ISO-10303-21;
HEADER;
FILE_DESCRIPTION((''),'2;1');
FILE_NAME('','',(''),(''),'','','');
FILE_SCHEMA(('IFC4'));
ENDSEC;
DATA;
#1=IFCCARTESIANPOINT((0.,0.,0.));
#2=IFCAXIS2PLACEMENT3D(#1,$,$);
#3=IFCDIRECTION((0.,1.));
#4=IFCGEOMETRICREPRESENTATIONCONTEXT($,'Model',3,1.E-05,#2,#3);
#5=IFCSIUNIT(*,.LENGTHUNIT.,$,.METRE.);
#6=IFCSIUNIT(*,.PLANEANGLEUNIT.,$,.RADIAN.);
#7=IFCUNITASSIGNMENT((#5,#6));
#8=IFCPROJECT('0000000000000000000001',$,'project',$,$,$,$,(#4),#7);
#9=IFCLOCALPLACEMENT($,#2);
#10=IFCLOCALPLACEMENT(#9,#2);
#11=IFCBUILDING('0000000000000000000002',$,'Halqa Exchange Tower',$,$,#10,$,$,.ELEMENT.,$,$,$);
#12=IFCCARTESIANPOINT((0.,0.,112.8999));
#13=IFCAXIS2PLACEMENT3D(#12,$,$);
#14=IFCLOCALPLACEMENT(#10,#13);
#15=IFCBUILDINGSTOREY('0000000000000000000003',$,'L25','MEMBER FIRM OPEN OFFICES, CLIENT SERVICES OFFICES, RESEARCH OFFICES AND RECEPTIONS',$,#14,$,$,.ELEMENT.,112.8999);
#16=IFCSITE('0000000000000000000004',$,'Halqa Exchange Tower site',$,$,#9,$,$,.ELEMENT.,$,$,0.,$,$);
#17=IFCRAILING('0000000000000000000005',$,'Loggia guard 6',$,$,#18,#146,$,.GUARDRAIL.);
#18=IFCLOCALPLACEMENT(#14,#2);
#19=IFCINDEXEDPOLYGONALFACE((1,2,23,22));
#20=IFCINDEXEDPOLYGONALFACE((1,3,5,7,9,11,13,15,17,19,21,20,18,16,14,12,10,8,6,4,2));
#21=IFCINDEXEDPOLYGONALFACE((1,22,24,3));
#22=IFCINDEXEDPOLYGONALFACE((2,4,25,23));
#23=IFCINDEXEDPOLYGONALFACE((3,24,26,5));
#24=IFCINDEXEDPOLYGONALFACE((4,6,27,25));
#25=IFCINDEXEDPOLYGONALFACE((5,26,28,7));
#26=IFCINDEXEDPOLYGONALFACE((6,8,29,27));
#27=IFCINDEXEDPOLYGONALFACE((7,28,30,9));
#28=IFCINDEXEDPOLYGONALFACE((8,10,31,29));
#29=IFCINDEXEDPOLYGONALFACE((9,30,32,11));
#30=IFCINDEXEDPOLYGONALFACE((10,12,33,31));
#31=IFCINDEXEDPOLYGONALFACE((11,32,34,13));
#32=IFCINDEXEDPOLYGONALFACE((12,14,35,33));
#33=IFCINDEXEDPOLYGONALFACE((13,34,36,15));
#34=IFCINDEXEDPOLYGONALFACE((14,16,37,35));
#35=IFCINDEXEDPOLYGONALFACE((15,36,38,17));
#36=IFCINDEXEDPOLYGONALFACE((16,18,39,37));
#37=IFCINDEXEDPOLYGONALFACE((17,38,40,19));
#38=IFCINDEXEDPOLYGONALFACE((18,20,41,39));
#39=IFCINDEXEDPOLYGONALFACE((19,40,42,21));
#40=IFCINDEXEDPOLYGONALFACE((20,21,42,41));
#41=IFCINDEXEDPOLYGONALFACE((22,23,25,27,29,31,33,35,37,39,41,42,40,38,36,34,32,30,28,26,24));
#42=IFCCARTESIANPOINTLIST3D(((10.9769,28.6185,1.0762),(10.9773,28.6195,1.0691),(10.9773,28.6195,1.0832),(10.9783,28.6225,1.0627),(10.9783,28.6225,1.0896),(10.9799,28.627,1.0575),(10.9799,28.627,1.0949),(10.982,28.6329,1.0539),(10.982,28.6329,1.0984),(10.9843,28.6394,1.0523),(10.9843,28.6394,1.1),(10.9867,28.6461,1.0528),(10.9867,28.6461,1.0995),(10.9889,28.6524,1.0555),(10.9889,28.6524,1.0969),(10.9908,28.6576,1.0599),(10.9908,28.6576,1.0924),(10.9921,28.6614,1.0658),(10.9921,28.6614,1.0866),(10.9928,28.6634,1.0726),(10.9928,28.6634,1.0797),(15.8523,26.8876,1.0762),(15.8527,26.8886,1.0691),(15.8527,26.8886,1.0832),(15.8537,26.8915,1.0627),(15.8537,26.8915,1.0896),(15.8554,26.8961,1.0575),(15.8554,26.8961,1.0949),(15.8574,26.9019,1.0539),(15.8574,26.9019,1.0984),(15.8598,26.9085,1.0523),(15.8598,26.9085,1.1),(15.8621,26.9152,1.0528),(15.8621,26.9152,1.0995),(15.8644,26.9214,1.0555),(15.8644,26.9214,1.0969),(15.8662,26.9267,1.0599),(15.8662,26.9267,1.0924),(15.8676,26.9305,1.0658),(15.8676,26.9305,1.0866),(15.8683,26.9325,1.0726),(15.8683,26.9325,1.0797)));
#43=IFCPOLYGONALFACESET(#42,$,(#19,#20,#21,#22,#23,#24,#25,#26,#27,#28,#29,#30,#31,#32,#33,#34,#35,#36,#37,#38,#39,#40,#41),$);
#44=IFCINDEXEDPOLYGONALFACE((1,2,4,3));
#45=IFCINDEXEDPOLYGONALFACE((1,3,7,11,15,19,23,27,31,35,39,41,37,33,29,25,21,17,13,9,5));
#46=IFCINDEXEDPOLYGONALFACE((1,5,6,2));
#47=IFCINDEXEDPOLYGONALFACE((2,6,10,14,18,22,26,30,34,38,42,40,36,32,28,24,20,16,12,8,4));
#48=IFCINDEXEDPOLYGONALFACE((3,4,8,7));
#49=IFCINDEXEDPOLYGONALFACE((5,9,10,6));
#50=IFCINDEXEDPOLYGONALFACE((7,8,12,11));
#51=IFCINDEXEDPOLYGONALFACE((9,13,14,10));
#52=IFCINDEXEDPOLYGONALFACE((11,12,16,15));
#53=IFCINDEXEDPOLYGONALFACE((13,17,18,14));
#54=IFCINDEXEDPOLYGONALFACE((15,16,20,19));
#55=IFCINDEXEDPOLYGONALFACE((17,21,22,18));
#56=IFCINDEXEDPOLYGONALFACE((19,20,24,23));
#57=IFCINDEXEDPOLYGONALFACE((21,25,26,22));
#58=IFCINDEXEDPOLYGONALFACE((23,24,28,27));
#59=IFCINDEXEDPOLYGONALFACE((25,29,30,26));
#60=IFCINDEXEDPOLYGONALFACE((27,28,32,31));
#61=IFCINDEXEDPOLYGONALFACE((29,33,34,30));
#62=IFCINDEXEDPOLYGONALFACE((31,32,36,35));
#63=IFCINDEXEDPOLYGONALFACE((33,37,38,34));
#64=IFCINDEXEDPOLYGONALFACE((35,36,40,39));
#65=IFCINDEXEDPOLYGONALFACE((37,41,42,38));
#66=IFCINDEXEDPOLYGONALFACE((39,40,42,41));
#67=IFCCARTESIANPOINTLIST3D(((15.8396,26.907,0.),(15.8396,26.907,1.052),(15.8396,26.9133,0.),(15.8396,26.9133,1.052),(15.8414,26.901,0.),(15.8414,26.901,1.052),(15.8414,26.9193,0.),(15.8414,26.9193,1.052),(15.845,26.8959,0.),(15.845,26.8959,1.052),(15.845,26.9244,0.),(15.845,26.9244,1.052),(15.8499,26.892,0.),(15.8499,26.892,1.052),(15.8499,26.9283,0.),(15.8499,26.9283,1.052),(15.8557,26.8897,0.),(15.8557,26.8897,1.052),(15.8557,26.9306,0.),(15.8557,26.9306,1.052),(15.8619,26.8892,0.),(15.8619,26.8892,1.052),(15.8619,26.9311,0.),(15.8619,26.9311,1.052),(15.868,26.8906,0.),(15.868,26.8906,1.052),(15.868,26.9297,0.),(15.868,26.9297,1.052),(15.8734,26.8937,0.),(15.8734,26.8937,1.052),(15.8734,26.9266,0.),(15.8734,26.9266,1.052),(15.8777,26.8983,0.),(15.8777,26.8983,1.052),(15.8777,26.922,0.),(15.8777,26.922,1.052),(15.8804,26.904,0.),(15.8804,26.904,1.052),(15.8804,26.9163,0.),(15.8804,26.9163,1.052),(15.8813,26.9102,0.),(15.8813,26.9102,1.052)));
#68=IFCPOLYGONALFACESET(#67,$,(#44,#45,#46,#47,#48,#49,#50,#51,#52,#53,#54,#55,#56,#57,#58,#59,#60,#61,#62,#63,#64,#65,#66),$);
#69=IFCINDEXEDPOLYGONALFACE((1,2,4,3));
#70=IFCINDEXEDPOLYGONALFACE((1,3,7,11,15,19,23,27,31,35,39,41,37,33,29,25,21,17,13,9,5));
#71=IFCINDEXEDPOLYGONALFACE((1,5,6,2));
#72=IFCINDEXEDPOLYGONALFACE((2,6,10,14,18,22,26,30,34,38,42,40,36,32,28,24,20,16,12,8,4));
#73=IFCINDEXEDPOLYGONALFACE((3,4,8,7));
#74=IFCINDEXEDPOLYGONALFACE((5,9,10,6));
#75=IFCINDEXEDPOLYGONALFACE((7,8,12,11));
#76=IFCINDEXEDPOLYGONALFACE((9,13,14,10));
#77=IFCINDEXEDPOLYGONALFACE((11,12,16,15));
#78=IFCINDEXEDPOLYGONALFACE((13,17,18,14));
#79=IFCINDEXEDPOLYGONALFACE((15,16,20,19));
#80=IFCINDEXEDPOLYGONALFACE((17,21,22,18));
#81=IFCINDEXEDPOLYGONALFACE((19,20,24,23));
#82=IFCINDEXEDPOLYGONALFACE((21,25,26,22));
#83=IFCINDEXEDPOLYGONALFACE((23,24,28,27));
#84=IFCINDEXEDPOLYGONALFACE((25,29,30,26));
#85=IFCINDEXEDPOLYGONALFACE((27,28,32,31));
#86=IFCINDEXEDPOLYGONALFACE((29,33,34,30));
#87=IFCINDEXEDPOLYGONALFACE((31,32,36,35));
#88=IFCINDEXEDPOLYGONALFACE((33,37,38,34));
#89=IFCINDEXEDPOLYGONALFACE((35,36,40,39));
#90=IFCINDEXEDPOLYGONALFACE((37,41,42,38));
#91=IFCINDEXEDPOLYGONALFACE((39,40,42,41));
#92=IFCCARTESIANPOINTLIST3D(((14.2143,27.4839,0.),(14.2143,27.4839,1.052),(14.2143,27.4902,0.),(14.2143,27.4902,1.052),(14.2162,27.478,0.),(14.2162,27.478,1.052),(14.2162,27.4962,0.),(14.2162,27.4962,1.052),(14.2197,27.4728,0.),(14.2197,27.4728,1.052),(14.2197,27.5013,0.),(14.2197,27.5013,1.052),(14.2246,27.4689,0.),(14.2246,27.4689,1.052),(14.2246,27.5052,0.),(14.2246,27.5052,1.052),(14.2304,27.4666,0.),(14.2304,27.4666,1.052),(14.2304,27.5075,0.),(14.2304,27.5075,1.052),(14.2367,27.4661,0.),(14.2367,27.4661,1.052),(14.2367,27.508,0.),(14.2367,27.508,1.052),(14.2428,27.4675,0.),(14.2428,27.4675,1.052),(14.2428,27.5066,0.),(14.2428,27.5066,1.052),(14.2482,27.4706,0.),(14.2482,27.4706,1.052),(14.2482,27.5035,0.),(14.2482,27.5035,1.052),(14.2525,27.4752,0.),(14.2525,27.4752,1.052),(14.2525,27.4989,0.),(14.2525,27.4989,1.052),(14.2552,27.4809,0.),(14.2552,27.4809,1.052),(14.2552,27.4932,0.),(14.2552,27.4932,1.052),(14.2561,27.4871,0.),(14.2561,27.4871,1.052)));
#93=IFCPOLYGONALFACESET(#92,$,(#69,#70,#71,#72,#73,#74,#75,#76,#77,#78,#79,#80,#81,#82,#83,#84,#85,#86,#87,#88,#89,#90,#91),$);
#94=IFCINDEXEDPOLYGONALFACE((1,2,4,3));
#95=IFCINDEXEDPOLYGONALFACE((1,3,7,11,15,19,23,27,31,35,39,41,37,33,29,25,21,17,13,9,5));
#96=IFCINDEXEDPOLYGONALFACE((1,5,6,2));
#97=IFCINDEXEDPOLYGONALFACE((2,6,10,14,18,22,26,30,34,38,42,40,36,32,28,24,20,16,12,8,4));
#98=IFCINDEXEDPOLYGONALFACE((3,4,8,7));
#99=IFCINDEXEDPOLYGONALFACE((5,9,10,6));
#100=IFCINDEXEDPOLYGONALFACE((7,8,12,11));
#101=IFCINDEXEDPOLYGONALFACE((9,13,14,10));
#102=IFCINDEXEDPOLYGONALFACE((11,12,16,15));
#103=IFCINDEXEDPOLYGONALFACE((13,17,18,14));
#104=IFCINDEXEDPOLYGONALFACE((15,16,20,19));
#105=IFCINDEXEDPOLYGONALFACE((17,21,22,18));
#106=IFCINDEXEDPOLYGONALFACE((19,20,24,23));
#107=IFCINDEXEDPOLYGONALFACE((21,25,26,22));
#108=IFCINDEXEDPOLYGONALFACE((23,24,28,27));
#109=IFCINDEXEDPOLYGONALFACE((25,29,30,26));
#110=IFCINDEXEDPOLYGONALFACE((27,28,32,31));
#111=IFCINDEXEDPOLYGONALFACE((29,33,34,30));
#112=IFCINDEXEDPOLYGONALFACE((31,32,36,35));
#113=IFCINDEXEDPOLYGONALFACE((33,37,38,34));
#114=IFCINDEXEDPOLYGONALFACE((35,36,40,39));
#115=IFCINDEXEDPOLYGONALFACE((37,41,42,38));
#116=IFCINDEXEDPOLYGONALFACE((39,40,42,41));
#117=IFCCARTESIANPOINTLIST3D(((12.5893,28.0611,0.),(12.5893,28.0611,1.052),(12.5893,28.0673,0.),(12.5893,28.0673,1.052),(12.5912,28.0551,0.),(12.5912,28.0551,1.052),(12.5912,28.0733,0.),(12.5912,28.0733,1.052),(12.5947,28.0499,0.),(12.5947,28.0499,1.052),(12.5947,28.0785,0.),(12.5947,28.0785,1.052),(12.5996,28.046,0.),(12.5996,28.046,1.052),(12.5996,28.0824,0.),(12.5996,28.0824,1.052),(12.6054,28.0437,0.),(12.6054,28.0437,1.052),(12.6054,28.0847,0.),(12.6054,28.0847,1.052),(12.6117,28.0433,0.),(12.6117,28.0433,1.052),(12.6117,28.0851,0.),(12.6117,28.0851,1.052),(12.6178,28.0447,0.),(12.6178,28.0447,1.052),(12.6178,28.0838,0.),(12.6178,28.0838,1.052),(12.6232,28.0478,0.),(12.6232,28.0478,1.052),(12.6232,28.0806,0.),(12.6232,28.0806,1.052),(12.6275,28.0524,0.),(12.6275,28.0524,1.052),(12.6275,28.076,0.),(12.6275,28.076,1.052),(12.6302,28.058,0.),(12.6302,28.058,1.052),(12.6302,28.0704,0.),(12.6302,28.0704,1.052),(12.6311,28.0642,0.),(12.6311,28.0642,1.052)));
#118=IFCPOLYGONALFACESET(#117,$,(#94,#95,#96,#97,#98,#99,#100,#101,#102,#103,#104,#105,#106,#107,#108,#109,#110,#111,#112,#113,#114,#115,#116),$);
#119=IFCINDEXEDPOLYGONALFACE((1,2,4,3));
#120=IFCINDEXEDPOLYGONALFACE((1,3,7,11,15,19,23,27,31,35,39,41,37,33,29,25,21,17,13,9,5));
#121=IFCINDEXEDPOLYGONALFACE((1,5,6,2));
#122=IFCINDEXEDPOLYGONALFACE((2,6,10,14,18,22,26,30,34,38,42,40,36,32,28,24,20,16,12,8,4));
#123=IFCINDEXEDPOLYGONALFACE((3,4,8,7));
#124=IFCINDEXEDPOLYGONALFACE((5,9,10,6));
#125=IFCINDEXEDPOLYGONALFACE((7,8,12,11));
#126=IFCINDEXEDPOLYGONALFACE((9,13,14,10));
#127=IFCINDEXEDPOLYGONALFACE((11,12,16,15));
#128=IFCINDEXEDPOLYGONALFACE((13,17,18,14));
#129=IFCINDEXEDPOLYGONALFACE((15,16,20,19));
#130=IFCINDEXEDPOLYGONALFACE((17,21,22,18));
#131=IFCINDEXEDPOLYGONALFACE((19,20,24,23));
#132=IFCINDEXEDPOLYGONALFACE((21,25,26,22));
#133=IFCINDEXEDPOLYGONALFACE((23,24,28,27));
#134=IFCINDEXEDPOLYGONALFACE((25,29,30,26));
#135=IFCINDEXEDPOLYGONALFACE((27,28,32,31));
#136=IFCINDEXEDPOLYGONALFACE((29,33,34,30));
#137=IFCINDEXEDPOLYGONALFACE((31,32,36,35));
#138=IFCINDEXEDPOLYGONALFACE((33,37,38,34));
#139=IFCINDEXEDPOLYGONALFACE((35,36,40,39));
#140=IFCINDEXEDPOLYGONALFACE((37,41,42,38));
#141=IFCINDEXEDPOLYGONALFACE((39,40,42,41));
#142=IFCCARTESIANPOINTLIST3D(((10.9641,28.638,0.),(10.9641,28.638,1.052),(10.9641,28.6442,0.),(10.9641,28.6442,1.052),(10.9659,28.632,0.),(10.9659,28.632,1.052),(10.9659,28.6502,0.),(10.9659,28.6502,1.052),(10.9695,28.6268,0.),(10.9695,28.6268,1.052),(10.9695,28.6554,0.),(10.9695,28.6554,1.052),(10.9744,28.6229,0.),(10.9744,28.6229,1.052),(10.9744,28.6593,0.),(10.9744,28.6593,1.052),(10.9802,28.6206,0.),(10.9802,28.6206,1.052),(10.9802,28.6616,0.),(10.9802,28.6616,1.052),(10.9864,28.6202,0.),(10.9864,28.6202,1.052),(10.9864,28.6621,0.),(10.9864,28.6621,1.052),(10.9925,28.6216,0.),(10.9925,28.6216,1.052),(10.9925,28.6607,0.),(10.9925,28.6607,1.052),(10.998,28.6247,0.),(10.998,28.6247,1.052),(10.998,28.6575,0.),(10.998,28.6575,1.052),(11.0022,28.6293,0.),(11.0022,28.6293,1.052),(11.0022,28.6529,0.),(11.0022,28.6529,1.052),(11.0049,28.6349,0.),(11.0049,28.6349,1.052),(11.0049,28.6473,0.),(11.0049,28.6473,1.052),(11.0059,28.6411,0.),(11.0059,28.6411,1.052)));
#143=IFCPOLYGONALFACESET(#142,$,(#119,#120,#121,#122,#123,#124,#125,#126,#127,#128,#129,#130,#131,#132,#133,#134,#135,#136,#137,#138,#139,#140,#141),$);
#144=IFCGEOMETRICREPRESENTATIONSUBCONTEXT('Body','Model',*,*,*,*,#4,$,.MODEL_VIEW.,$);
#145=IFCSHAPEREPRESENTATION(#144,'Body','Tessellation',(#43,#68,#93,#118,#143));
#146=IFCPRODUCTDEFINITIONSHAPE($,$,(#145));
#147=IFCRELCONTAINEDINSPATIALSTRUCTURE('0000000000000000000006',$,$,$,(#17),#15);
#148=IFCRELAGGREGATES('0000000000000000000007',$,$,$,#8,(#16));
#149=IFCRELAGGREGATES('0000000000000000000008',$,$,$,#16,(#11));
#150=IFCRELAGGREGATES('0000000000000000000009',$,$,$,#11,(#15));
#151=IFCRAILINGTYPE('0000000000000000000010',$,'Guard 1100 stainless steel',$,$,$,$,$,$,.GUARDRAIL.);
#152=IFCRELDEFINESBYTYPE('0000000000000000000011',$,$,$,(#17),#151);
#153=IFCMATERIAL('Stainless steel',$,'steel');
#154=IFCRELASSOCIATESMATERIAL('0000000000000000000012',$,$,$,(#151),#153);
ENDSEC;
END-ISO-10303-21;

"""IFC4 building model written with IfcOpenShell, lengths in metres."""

from ifc_helpers import new_model, si_unit, direction, frame, origin, origin_2d, place, context, subcontext, project, spatial, circle, extrude, material, type_object, element, save


model = new_model("IFC4")

# Units and contexts
model_context = context("Model", 3, precision=1e-05, world=origin(), true_north=direction((0.0, 1.0)))
body_context = subcontext(model_context, "Body", "Model", "MODEL_VIEW")
ifc_project = project(units=[si_unit("LENGTHUNIT", "METRE"), si_unit("PLANEANGLEUNIT", "RADIAN")], contexts=[model_context])

# Site, building, storey
site_placement = place(None, origin())
site = spatial("IfcSite", under=ifc_project, at=site_placement, Name="Halqa Exchange Tower site", CompositionType="ELEMENT", RefElevation=0.0)
building_placement = place(site_placement, origin())
building = spatial("IfcBuilding", under=site, at=building_placement, Name="Halqa Exchange Tower", CompositionType="ELEMENT")
storey_placement = place(building_placement, frame((0.0, 0.0, 112.8999)))
storey = spatial("IfcBuildingStorey", under=building, at=storey_placement, Name="L25", Description="MEMBER FIRM OPEN OFFICES, CLIENT SERVICES OFFICES, RESEARCH OFFICES AND RECEPTIONS", CompositionType="ELEMENT", Elevation=112.8999)

# Railing
ifc_material_1 = material(Name="Stainless steel", Category="steel")
railing_type = type_object("IfcRailingType", Name="Guard 1100 stainless steel", PredefinedType="GUARDRAIL", material=ifc_material_1)
railing_1_placement = place(storey_placement, frame((15.8604, 26.9102, 0.0)))
element("IfcRailing", 1, at=railing_1_placement, inside=storey, type_object=railing_type, Name="Loggia guard 6", PredefinedType="GUARDRAIL", context=body_context, shape_type="SweptSolid", body=[
    extrude(circle(Radius=0.0239, at=origin_2d()), frame((0.0, 0.0, 1.0762), z_axis=(-0.94237, 0.334572, 0.0), x_axis=(-0.334572, -0.94237, 0.0)), (0.0, 0.0, 1.0), 5.1736),
    extrude(circle(Radius=0.021, at=origin_2d()), origin(), (0.0, 0.0, 1.0), 1.052),
    extrude(circle(Radius=0.021, at=origin_2d()), frame((-1.6252, 0.5769, 0.0)), (0.0, 0.0, 1.0), 1.052),
    extrude(circle(Radius=0.021, at=origin_2d()), frame((-3.2502, 1.1541, 0.0)), (0.0, 0.0, 1.0), 1.052),
    extrude(circle(Radius=0.021, at=origin_2d()), frame((-4.8755, 1.731, 0.0)), (0.0, 0.0, 1.0), 1.052),
])

save(model, "model.ifc")
